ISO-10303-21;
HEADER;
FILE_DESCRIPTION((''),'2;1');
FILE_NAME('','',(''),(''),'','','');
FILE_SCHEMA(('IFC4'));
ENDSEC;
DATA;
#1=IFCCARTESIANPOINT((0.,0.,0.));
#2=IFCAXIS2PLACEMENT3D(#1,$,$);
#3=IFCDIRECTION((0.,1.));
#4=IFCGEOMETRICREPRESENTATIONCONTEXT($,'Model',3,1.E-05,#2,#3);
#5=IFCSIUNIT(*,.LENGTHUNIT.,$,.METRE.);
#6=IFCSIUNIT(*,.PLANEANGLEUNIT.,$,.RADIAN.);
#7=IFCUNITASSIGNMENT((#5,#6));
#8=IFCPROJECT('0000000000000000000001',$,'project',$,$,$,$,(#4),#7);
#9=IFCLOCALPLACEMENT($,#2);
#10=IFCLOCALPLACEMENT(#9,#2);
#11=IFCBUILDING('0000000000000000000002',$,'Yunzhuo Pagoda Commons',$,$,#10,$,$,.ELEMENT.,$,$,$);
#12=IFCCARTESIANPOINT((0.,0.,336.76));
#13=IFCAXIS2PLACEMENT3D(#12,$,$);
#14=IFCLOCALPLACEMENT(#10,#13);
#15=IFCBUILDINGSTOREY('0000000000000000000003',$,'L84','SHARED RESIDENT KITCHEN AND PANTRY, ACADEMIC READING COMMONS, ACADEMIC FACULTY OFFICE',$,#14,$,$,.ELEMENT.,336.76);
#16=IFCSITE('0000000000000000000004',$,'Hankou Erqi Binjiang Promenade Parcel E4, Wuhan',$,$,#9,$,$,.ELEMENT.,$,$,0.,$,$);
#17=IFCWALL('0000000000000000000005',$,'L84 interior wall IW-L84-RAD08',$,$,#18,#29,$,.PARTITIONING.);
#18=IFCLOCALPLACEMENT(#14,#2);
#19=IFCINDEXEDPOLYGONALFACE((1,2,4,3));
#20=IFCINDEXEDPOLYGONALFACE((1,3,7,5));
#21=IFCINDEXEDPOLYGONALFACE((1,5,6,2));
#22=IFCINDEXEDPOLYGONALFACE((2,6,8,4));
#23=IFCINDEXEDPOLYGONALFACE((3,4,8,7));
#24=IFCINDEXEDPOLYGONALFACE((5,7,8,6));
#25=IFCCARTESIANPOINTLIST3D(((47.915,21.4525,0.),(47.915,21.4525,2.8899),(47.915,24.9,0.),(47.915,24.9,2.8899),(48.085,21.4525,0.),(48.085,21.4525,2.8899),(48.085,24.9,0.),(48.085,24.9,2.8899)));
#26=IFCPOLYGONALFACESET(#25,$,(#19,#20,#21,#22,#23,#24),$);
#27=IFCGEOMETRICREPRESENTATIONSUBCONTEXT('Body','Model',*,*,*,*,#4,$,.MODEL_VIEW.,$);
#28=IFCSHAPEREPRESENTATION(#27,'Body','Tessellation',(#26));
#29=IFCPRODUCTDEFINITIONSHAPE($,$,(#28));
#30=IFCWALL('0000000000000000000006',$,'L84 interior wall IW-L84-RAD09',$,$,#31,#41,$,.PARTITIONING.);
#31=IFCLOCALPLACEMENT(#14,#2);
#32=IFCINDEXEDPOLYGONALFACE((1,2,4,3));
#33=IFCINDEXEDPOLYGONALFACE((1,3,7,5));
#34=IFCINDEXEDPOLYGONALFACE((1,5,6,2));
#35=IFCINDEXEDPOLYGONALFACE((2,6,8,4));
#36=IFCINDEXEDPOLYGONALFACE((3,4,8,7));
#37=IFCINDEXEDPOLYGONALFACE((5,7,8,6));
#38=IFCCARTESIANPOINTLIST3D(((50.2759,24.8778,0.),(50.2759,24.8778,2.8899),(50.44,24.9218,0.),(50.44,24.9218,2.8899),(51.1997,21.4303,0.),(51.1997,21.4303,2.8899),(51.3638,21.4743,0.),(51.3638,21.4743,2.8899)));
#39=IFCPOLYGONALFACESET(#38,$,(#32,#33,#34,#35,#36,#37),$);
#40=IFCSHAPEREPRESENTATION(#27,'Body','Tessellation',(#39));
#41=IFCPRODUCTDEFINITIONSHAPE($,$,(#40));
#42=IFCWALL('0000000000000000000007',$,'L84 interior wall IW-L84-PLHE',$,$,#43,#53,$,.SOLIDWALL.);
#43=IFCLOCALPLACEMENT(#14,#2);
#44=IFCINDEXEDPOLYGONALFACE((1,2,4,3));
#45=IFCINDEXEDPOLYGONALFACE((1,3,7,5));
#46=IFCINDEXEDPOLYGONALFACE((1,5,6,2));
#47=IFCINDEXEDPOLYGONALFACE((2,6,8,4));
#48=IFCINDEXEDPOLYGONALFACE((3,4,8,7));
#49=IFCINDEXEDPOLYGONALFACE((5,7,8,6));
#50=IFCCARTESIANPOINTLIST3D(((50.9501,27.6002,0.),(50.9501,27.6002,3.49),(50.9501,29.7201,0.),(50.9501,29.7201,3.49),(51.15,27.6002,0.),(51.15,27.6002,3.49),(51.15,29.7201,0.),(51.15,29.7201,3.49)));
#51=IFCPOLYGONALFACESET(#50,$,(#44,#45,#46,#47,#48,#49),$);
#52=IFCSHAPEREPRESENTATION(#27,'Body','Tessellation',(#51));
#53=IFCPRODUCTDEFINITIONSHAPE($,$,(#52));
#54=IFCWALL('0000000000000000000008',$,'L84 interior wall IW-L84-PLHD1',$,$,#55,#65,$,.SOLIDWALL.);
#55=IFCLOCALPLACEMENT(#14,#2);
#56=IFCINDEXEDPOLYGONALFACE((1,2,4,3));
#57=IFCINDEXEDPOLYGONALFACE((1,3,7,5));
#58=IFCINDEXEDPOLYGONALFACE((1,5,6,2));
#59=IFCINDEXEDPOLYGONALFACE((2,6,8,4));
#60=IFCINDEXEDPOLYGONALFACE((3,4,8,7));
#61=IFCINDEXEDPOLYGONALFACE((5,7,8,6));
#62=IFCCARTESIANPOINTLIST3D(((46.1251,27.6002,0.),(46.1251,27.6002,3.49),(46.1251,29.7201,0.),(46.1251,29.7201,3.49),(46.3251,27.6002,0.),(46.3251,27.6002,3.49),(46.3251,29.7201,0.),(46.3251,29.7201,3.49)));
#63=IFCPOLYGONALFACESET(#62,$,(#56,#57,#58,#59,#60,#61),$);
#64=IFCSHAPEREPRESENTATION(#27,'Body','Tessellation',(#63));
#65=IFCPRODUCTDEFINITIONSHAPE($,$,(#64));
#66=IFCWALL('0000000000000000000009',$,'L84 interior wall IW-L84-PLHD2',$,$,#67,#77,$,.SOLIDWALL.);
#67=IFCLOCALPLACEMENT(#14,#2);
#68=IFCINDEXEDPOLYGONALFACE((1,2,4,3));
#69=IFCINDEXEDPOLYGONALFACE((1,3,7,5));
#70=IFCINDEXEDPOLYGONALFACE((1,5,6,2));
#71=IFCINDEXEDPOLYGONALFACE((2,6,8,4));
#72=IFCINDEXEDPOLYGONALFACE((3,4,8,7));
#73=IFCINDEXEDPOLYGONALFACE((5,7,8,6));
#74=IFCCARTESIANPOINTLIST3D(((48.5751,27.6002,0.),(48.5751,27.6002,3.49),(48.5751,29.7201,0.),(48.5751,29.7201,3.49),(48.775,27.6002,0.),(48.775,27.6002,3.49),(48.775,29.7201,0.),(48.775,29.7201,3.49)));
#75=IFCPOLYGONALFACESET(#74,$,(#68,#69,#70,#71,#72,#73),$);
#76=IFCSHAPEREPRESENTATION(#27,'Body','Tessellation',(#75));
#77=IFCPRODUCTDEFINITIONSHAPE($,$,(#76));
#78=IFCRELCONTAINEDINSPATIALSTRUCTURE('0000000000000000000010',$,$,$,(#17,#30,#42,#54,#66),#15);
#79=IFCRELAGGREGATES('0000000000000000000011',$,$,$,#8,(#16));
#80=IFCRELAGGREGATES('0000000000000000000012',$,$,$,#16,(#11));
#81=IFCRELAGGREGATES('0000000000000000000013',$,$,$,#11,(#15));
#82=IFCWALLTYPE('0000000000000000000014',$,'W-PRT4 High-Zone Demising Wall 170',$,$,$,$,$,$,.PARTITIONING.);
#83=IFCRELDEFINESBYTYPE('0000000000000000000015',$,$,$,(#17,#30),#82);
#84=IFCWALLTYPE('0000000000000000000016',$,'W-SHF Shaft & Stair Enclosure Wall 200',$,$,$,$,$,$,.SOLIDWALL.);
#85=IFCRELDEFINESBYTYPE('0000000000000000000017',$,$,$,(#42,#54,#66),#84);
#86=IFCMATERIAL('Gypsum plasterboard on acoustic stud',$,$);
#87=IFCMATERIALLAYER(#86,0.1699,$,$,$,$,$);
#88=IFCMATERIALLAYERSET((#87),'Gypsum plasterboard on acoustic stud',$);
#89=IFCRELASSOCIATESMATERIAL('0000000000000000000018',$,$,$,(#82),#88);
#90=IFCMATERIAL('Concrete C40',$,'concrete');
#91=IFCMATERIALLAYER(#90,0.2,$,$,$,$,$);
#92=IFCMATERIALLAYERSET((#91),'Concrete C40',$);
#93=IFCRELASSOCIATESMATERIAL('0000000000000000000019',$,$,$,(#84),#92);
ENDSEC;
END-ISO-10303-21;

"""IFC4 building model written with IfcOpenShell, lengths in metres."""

from ifc_helpers import new_model, si_unit, direction, frame, frame_2d, origin, place, context, subcontext, project, spatial, rectangle, extrude, material, layer, layer_set, type_object, element, save


model = new_model("IFC4")

# Units and contexts
model_context = context("Model", 3, precision=1e-05, world=origin(), true_north=direction((0.0, 1.0)))
body_context = subcontext(model_context, "Body", "Model", "MODEL_VIEW")
ifc_project = project(units=[si_unit("LENGTHUNIT", "METRE"), si_unit("PLANEANGLEUNIT", "RADIAN")], contexts=[model_context])

# Site, building, storey
site_placement = place(None, origin())
site = spatial("IfcSite", under=ifc_project, at=site_placement, Name="Hankou Erqi Binjiang Promenade Parcel E4, Wuhan", CompositionType="ELEMENT", RefElevation=0.0)
building_placement = place(site_placement, origin())
building = spatial("IfcBuilding", under=site, at=building_placement, Name="Yunzhuo Pagoda Commons", CompositionType="ELEMENT")
storey_placement = place(building_placement, frame((0.0, 0.0, 336.76)))
storey = spatial("IfcBuildingStorey", under=building, at=storey_placement, Name="L84", Description="SHARED RESIDENT KITCHEN AND PANTRY, ACADEMIC READING COMMONS, ACADEMIC FACULTY OFFICE", CompositionType="ELEMENT", Elevation=336.76)

# Shared definitions
ifc_material_1 = material(Name="Gypsum plasterboard on acoustic stud")

# Walls
ifc_layer_1 = layer(ifc_material_1, 0.1699)
ifc_layer_set_1 = layer_set([ifc_layer_1], Name="Gypsum plasterboard on acoustic stud")
wall_type_1 = type_object("IfcWallType", Name="W-PRT4 High-Zone Demising Wall 170", PredefinedType="PARTITIONING", material=ifc_layer_set_1)
wall_1_placement = place(storey_placement, frame((48.0, 24.8999, 0.0), z_axis=(0.0, 0.0, 1.0), x_axis=(0.0, -1.0, 0.0)))
element("IfcWall", 1, at=wall_1_placement, inside=storey, type_object=wall_type_1, Name="L84 interior wall IW-L84-RAD08", PredefinedType="PARTITIONING", context=body_context, shape_type="SweptSolid", body=[
    extrude(rectangle(XDim=3.4475, YDim=0.1699, at=frame_2d((1.7236, 0.0))), origin(), (0.0, 0.0, 1.0), 2.8899),
])
wall_2_placement = place(storey_placement, frame((50.3579, 24.8999, 0.0), z_axis=(0.0, 0.0, 1.0), x_axis=(0.258838, -0.965921, 0.0)))
element("IfcWall", 2, at=wall_2_placement, inside=storey, type_object=wall_type_1, Name="L84 interior wall IW-L84-RAD09", PredefinedType="PARTITIONING", context=body_context, shape_type="SweptSolid", body=[
    extrude(rectangle(XDim=3.5691, YDim=0.1699, at=frame_2d((1.7847, 0.0))), origin(), (0.0, 0.0, 1.0), 2.8899),
])
ifc_material_2 = material(Name="Concrete C40", Category="concrete")
ifc_layer_2 = layer(ifc_material_2, 0.2)
ifc_layer_set_2 = layer_set([ifc_layer_2], Name="Concrete C40")
wall_type_2 = type_object("IfcWallType", Name="W-SHF Shaft & Stair Enclosure Wall 200", PredefinedType="SOLIDWALL", material=ifc_layer_set_2)
for number, where, z_axis, x_axis, name in (
    (3, (51.05, 27.6001, 0.0), (0.0, 0.0, 1.0), (0.0, 1.0, 0.0), "L84 interior wall IW-L84-PLHE"),
    (4, (46.2251, 27.6001, 0.0), (0.0, 0.0, 1.0), (0.0, 1.0, 0.0), "L84 interior wall IW-L84-PLHD1"),
    (5, (48.675, 27.6001, 0.0), (0.0, 0.0, 1.0), (0.0, 1.0, 0.0), "L84 interior wall IW-L84-PLHD2"),
):
    element("IfcWall", number, at=place(storey_placement, frame(where, z_axis=z_axis, x_axis=x_axis)), inside=storey, type_object=wall_type_2, Name=name, PredefinedType="SOLIDWALL", context=body_context, shape_type="SweptSolid", body=[
        extrude(rectangle(XDim=2.1199, YDim=0.2, at=frame_2d((1.0601, 0.0))), origin(), (0.0, 0.0, 1.0), 3.49),
    ])

save(model, "model.ifc")
